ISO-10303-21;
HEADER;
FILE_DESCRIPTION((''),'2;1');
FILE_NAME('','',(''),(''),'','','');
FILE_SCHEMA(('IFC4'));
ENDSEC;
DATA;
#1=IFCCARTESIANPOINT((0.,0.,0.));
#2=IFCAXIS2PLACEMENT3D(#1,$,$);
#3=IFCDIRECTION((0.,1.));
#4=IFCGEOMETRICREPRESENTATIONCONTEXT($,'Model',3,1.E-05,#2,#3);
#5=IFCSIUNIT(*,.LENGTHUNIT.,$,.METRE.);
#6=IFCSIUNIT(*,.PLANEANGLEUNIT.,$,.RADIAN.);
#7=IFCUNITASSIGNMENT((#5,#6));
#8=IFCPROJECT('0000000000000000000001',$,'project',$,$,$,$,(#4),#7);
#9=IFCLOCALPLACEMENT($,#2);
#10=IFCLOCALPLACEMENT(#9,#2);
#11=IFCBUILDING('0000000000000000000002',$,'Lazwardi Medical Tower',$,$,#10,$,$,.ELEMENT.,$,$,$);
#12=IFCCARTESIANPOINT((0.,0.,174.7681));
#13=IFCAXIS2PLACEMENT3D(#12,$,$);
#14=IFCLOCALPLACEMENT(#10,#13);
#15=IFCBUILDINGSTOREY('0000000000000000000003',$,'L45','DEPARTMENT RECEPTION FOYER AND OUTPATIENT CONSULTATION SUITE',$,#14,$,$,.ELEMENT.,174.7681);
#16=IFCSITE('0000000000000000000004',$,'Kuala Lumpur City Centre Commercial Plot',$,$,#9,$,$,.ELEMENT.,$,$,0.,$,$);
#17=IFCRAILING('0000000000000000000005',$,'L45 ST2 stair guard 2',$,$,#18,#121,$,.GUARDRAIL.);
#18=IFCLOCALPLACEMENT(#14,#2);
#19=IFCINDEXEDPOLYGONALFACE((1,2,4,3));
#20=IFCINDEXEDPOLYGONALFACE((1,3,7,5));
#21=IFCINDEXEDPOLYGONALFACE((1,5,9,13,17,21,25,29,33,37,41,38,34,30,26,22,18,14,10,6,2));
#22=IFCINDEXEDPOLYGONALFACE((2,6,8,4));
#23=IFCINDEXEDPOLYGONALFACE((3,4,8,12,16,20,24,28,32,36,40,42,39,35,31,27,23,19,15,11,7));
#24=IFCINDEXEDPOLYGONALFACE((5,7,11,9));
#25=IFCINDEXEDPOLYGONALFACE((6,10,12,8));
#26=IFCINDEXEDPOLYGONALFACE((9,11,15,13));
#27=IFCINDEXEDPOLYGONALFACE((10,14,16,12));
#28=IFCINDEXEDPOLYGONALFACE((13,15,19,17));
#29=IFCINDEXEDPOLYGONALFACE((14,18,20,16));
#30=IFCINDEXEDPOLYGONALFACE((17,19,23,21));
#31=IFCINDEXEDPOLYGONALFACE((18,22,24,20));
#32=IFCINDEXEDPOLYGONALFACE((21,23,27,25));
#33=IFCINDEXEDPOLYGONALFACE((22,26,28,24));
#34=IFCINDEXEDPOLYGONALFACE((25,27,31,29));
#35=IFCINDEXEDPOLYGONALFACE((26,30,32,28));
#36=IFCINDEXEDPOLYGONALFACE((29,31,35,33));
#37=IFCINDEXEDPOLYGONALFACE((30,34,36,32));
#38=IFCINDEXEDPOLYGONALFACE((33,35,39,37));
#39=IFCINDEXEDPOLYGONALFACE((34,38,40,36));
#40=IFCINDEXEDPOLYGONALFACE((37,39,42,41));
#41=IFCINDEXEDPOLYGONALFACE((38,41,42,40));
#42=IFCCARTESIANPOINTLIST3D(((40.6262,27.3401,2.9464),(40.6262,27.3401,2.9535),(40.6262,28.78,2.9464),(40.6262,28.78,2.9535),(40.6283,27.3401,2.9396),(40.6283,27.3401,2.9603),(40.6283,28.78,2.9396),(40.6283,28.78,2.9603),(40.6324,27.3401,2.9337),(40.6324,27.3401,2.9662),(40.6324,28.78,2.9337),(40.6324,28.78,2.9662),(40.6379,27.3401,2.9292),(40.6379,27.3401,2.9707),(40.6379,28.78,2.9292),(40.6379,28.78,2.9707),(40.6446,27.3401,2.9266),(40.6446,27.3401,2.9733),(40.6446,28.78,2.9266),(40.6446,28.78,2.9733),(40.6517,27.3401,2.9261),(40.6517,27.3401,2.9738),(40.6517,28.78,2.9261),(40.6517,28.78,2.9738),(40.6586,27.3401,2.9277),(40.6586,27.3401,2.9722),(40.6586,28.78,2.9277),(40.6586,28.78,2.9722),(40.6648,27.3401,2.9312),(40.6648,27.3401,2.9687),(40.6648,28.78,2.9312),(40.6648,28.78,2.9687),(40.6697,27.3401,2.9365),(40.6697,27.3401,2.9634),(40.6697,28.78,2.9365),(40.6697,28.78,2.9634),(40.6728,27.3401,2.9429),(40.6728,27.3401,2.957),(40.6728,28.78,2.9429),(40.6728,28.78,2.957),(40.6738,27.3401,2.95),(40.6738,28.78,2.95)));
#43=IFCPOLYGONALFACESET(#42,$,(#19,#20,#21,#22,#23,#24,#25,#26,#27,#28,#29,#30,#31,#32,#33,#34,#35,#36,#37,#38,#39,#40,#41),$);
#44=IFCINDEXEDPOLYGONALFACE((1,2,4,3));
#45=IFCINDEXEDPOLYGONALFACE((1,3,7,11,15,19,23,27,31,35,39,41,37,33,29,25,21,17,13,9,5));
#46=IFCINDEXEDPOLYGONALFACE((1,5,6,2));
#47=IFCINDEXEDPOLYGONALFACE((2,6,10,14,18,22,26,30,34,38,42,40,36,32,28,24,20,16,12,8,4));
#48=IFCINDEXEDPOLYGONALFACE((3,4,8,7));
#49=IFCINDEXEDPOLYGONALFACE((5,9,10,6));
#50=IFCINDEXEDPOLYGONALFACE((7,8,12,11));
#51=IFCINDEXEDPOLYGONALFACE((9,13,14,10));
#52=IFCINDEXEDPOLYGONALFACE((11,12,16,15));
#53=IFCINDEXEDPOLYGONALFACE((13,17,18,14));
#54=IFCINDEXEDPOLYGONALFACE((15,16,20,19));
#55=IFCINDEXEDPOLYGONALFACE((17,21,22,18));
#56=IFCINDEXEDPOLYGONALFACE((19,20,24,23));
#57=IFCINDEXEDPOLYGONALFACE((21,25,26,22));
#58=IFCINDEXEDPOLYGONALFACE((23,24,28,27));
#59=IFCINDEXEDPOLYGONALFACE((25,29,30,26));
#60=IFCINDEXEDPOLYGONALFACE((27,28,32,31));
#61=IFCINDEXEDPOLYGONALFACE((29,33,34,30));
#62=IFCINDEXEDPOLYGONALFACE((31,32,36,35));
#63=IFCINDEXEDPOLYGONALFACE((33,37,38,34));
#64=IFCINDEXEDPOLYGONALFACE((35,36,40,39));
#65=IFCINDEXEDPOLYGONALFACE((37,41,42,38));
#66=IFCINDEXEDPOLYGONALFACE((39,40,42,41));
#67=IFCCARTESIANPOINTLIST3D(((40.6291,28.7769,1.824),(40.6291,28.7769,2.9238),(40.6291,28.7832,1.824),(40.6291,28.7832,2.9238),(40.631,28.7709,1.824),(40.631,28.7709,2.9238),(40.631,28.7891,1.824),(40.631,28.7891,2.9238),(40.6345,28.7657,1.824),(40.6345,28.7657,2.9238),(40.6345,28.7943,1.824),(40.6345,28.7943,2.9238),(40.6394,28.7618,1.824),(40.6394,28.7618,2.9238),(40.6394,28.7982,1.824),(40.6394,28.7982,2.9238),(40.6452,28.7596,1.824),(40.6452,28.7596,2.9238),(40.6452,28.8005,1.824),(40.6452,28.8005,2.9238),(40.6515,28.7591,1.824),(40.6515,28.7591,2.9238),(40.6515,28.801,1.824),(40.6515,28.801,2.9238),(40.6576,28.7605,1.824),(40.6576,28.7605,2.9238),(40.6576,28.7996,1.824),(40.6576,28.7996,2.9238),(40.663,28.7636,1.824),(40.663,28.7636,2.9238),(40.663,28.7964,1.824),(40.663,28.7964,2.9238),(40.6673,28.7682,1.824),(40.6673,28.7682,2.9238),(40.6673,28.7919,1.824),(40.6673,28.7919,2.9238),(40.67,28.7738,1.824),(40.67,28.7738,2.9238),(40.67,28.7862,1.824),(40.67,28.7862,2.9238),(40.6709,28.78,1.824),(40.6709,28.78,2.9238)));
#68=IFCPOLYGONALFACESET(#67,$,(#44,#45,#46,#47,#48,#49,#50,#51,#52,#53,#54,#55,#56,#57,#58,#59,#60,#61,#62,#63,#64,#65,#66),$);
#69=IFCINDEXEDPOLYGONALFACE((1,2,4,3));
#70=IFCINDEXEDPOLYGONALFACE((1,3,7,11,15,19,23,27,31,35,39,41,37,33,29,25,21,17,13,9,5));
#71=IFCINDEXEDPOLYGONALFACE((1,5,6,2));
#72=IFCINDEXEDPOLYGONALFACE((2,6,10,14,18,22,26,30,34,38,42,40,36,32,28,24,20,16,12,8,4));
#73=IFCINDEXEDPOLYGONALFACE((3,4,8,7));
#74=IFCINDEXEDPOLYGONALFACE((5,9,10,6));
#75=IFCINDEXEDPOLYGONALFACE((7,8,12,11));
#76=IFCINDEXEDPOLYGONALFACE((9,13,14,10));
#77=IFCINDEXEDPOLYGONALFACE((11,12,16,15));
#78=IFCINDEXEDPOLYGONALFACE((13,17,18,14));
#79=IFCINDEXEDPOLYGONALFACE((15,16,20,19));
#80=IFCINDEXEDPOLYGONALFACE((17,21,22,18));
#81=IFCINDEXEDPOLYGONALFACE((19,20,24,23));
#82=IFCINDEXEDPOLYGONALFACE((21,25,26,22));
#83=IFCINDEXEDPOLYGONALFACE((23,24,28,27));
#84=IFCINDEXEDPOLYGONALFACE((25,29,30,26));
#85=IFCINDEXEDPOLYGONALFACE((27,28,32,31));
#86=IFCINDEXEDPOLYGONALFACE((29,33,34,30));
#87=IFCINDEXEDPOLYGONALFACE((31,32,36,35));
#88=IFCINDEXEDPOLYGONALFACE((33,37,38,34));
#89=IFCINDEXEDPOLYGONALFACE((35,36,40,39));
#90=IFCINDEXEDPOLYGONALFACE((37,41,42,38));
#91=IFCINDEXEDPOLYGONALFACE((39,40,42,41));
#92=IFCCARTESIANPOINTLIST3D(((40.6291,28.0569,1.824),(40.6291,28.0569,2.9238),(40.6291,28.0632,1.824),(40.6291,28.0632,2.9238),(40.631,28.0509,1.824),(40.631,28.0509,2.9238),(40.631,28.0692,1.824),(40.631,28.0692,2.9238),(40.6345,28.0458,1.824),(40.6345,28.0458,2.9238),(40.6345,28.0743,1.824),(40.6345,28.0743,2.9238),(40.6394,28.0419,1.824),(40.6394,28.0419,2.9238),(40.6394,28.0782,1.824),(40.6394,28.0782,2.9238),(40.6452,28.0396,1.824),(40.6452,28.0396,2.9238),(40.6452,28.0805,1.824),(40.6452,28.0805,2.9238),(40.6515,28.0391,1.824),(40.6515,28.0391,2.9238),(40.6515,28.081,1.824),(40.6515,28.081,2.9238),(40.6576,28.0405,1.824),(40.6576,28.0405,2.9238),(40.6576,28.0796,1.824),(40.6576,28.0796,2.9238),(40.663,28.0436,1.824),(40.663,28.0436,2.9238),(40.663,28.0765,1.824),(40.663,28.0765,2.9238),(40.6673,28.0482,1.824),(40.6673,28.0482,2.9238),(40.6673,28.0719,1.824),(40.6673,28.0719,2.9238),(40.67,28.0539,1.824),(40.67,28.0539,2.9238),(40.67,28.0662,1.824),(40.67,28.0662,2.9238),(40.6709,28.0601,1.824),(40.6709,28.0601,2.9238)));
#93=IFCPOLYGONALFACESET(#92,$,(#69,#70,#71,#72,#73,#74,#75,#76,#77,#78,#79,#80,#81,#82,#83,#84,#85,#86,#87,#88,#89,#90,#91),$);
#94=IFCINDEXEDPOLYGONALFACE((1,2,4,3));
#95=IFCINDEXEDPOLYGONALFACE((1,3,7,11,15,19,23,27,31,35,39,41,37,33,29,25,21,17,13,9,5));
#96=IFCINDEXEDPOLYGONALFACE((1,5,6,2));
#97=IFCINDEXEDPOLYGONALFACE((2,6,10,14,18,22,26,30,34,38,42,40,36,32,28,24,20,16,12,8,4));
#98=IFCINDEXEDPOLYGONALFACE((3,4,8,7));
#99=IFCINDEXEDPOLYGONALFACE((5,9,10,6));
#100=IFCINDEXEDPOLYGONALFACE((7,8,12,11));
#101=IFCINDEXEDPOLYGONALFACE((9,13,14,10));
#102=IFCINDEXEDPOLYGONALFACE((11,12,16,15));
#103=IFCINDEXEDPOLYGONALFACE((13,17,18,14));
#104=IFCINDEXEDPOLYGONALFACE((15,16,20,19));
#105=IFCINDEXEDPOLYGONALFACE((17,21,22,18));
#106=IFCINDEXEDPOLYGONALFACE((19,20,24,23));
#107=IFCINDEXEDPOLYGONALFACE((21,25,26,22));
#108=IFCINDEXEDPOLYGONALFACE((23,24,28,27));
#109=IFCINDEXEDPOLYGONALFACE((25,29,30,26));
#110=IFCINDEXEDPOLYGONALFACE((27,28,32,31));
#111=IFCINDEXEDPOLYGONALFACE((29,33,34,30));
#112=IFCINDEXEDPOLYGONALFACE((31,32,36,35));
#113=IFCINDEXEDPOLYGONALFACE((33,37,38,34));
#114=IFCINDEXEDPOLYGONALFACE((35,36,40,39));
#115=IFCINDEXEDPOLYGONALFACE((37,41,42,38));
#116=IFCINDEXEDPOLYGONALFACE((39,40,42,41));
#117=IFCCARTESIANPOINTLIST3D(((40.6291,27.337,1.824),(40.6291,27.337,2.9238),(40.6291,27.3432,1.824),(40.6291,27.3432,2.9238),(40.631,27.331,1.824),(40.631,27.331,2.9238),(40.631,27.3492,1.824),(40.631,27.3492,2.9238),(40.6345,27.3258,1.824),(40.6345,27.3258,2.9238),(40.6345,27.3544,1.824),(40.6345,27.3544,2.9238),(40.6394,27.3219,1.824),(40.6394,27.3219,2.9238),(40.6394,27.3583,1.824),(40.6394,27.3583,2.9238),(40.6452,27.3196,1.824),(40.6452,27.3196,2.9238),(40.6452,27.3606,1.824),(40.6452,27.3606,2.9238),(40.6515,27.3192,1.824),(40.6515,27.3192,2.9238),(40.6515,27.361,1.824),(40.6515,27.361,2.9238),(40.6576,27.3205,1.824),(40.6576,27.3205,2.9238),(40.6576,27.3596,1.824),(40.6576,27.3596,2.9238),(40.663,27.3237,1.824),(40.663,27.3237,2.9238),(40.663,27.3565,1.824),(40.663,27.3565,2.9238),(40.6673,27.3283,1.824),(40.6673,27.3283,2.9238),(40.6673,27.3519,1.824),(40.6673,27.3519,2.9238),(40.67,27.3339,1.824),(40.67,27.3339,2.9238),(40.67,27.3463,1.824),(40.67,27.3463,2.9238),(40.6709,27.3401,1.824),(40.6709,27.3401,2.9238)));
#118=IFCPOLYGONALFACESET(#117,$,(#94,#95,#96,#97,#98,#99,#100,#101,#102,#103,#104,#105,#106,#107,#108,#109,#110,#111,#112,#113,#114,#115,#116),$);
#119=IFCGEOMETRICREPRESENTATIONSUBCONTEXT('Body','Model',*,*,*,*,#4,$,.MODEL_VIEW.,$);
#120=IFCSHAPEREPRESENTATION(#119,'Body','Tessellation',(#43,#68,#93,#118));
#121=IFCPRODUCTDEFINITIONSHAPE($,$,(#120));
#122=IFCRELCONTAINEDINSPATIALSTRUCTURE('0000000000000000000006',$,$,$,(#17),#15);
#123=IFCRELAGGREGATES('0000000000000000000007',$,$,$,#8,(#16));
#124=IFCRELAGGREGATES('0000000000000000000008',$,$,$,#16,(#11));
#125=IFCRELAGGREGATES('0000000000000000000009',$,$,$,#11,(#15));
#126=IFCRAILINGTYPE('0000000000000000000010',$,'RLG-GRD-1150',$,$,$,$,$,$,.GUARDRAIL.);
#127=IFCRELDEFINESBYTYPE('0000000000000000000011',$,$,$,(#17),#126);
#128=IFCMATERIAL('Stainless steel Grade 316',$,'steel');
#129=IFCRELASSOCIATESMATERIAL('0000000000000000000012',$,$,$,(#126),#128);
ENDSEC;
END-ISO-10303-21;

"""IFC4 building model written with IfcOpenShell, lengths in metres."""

from ifc_helpers import new_model, si_unit, direction, frame, origin, origin_2d, place, context, subcontext, project, spatial, circle, extrude, material, type_object, element, save


model = new_model("IFC4")

# Units and contexts
model_context = context("Model", 3, precision=1e-05, world=origin(), true_north=direction((0.0, 1.0)))
body_context = subcontext(model_context, "Body", "Model", "MODEL_VIEW")
ifc_project = project(units=[si_unit("LENGTHUNIT", "METRE"), si_unit("PLANEANGLEUNIT", "RADIAN")], contexts=[model_context])

# Site, building, storey
site_placement = place(None, origin())
site = spatial("IfcSite", under=ifc_project, at=site_placement, Name="Kuala Lumpur City Centre Commercial Plot", CompositionType="ELEMENT", RefElevation=0.0)
building_placement = place(site_placement, origin())
building = spatial("IfcBuilding", under=site, at=building_placement, Name="Lazwardi Medical Tower", CompositionType="ELEMENT")
storey_placement = place(building_placement, frame((0.0, 0.0, 174.7681)))
storey = spatial("IfcBuildingStorey", under=building, at=storey_placement, Name="L45", Description="DEPARTMENT RECEPTION FOYER AND OUTPATIENT CONSULTATION SUITE", CompositionType="ELEMENT", Elevation=174.7681)

# Railing
ifc_material_1 = material(Name="Stainless steel Grade 316", Category="steel")
railing_type_1 = type_object("IfcRailingType", Name="RLG-GRD-1150", PredefinedType="GUARDRAIL", material=ifc_material_1)
railing_1_placement = place(storey_placement, frame((40.6499, 28.78, 1.824)))
element("IfcRailing", 1, at=railing_1_placement, inside=storey, type_object=railing_type_1, Name="L45 ST2 stair guard 2", PredefinedType="GUARDRAIL", context=body_context, shape_type="SweptSolid", body=[
    extrude(circle(Radius=0.0239, at=origin_2d()), frame((0.0, 0.0, 1.126), z_axis=(0.0, -1.0, 0.0), x_axis=(1.0, 0.0, 0.0)), (0.0, 0.0, 1.0), 1.4399),
    extrude(circle(Radius=0.021, at=origin_2d()), origin(), (0.0, 0.0, 1.0), 1.0999),
    extrude(circle(Radius=0.021, at=origin_2d()), frame((0.0, -0.72, 0.0)), (0.0, 0.0, 1.0), 1.0999),
    extrude(circle(Radius=0.021, at=origin_2d()), frame((0.0, -1.4399, 0.0)), (0.0, 0.0, 1.0), 1.0999),
])

save(model, "model.ifc")
